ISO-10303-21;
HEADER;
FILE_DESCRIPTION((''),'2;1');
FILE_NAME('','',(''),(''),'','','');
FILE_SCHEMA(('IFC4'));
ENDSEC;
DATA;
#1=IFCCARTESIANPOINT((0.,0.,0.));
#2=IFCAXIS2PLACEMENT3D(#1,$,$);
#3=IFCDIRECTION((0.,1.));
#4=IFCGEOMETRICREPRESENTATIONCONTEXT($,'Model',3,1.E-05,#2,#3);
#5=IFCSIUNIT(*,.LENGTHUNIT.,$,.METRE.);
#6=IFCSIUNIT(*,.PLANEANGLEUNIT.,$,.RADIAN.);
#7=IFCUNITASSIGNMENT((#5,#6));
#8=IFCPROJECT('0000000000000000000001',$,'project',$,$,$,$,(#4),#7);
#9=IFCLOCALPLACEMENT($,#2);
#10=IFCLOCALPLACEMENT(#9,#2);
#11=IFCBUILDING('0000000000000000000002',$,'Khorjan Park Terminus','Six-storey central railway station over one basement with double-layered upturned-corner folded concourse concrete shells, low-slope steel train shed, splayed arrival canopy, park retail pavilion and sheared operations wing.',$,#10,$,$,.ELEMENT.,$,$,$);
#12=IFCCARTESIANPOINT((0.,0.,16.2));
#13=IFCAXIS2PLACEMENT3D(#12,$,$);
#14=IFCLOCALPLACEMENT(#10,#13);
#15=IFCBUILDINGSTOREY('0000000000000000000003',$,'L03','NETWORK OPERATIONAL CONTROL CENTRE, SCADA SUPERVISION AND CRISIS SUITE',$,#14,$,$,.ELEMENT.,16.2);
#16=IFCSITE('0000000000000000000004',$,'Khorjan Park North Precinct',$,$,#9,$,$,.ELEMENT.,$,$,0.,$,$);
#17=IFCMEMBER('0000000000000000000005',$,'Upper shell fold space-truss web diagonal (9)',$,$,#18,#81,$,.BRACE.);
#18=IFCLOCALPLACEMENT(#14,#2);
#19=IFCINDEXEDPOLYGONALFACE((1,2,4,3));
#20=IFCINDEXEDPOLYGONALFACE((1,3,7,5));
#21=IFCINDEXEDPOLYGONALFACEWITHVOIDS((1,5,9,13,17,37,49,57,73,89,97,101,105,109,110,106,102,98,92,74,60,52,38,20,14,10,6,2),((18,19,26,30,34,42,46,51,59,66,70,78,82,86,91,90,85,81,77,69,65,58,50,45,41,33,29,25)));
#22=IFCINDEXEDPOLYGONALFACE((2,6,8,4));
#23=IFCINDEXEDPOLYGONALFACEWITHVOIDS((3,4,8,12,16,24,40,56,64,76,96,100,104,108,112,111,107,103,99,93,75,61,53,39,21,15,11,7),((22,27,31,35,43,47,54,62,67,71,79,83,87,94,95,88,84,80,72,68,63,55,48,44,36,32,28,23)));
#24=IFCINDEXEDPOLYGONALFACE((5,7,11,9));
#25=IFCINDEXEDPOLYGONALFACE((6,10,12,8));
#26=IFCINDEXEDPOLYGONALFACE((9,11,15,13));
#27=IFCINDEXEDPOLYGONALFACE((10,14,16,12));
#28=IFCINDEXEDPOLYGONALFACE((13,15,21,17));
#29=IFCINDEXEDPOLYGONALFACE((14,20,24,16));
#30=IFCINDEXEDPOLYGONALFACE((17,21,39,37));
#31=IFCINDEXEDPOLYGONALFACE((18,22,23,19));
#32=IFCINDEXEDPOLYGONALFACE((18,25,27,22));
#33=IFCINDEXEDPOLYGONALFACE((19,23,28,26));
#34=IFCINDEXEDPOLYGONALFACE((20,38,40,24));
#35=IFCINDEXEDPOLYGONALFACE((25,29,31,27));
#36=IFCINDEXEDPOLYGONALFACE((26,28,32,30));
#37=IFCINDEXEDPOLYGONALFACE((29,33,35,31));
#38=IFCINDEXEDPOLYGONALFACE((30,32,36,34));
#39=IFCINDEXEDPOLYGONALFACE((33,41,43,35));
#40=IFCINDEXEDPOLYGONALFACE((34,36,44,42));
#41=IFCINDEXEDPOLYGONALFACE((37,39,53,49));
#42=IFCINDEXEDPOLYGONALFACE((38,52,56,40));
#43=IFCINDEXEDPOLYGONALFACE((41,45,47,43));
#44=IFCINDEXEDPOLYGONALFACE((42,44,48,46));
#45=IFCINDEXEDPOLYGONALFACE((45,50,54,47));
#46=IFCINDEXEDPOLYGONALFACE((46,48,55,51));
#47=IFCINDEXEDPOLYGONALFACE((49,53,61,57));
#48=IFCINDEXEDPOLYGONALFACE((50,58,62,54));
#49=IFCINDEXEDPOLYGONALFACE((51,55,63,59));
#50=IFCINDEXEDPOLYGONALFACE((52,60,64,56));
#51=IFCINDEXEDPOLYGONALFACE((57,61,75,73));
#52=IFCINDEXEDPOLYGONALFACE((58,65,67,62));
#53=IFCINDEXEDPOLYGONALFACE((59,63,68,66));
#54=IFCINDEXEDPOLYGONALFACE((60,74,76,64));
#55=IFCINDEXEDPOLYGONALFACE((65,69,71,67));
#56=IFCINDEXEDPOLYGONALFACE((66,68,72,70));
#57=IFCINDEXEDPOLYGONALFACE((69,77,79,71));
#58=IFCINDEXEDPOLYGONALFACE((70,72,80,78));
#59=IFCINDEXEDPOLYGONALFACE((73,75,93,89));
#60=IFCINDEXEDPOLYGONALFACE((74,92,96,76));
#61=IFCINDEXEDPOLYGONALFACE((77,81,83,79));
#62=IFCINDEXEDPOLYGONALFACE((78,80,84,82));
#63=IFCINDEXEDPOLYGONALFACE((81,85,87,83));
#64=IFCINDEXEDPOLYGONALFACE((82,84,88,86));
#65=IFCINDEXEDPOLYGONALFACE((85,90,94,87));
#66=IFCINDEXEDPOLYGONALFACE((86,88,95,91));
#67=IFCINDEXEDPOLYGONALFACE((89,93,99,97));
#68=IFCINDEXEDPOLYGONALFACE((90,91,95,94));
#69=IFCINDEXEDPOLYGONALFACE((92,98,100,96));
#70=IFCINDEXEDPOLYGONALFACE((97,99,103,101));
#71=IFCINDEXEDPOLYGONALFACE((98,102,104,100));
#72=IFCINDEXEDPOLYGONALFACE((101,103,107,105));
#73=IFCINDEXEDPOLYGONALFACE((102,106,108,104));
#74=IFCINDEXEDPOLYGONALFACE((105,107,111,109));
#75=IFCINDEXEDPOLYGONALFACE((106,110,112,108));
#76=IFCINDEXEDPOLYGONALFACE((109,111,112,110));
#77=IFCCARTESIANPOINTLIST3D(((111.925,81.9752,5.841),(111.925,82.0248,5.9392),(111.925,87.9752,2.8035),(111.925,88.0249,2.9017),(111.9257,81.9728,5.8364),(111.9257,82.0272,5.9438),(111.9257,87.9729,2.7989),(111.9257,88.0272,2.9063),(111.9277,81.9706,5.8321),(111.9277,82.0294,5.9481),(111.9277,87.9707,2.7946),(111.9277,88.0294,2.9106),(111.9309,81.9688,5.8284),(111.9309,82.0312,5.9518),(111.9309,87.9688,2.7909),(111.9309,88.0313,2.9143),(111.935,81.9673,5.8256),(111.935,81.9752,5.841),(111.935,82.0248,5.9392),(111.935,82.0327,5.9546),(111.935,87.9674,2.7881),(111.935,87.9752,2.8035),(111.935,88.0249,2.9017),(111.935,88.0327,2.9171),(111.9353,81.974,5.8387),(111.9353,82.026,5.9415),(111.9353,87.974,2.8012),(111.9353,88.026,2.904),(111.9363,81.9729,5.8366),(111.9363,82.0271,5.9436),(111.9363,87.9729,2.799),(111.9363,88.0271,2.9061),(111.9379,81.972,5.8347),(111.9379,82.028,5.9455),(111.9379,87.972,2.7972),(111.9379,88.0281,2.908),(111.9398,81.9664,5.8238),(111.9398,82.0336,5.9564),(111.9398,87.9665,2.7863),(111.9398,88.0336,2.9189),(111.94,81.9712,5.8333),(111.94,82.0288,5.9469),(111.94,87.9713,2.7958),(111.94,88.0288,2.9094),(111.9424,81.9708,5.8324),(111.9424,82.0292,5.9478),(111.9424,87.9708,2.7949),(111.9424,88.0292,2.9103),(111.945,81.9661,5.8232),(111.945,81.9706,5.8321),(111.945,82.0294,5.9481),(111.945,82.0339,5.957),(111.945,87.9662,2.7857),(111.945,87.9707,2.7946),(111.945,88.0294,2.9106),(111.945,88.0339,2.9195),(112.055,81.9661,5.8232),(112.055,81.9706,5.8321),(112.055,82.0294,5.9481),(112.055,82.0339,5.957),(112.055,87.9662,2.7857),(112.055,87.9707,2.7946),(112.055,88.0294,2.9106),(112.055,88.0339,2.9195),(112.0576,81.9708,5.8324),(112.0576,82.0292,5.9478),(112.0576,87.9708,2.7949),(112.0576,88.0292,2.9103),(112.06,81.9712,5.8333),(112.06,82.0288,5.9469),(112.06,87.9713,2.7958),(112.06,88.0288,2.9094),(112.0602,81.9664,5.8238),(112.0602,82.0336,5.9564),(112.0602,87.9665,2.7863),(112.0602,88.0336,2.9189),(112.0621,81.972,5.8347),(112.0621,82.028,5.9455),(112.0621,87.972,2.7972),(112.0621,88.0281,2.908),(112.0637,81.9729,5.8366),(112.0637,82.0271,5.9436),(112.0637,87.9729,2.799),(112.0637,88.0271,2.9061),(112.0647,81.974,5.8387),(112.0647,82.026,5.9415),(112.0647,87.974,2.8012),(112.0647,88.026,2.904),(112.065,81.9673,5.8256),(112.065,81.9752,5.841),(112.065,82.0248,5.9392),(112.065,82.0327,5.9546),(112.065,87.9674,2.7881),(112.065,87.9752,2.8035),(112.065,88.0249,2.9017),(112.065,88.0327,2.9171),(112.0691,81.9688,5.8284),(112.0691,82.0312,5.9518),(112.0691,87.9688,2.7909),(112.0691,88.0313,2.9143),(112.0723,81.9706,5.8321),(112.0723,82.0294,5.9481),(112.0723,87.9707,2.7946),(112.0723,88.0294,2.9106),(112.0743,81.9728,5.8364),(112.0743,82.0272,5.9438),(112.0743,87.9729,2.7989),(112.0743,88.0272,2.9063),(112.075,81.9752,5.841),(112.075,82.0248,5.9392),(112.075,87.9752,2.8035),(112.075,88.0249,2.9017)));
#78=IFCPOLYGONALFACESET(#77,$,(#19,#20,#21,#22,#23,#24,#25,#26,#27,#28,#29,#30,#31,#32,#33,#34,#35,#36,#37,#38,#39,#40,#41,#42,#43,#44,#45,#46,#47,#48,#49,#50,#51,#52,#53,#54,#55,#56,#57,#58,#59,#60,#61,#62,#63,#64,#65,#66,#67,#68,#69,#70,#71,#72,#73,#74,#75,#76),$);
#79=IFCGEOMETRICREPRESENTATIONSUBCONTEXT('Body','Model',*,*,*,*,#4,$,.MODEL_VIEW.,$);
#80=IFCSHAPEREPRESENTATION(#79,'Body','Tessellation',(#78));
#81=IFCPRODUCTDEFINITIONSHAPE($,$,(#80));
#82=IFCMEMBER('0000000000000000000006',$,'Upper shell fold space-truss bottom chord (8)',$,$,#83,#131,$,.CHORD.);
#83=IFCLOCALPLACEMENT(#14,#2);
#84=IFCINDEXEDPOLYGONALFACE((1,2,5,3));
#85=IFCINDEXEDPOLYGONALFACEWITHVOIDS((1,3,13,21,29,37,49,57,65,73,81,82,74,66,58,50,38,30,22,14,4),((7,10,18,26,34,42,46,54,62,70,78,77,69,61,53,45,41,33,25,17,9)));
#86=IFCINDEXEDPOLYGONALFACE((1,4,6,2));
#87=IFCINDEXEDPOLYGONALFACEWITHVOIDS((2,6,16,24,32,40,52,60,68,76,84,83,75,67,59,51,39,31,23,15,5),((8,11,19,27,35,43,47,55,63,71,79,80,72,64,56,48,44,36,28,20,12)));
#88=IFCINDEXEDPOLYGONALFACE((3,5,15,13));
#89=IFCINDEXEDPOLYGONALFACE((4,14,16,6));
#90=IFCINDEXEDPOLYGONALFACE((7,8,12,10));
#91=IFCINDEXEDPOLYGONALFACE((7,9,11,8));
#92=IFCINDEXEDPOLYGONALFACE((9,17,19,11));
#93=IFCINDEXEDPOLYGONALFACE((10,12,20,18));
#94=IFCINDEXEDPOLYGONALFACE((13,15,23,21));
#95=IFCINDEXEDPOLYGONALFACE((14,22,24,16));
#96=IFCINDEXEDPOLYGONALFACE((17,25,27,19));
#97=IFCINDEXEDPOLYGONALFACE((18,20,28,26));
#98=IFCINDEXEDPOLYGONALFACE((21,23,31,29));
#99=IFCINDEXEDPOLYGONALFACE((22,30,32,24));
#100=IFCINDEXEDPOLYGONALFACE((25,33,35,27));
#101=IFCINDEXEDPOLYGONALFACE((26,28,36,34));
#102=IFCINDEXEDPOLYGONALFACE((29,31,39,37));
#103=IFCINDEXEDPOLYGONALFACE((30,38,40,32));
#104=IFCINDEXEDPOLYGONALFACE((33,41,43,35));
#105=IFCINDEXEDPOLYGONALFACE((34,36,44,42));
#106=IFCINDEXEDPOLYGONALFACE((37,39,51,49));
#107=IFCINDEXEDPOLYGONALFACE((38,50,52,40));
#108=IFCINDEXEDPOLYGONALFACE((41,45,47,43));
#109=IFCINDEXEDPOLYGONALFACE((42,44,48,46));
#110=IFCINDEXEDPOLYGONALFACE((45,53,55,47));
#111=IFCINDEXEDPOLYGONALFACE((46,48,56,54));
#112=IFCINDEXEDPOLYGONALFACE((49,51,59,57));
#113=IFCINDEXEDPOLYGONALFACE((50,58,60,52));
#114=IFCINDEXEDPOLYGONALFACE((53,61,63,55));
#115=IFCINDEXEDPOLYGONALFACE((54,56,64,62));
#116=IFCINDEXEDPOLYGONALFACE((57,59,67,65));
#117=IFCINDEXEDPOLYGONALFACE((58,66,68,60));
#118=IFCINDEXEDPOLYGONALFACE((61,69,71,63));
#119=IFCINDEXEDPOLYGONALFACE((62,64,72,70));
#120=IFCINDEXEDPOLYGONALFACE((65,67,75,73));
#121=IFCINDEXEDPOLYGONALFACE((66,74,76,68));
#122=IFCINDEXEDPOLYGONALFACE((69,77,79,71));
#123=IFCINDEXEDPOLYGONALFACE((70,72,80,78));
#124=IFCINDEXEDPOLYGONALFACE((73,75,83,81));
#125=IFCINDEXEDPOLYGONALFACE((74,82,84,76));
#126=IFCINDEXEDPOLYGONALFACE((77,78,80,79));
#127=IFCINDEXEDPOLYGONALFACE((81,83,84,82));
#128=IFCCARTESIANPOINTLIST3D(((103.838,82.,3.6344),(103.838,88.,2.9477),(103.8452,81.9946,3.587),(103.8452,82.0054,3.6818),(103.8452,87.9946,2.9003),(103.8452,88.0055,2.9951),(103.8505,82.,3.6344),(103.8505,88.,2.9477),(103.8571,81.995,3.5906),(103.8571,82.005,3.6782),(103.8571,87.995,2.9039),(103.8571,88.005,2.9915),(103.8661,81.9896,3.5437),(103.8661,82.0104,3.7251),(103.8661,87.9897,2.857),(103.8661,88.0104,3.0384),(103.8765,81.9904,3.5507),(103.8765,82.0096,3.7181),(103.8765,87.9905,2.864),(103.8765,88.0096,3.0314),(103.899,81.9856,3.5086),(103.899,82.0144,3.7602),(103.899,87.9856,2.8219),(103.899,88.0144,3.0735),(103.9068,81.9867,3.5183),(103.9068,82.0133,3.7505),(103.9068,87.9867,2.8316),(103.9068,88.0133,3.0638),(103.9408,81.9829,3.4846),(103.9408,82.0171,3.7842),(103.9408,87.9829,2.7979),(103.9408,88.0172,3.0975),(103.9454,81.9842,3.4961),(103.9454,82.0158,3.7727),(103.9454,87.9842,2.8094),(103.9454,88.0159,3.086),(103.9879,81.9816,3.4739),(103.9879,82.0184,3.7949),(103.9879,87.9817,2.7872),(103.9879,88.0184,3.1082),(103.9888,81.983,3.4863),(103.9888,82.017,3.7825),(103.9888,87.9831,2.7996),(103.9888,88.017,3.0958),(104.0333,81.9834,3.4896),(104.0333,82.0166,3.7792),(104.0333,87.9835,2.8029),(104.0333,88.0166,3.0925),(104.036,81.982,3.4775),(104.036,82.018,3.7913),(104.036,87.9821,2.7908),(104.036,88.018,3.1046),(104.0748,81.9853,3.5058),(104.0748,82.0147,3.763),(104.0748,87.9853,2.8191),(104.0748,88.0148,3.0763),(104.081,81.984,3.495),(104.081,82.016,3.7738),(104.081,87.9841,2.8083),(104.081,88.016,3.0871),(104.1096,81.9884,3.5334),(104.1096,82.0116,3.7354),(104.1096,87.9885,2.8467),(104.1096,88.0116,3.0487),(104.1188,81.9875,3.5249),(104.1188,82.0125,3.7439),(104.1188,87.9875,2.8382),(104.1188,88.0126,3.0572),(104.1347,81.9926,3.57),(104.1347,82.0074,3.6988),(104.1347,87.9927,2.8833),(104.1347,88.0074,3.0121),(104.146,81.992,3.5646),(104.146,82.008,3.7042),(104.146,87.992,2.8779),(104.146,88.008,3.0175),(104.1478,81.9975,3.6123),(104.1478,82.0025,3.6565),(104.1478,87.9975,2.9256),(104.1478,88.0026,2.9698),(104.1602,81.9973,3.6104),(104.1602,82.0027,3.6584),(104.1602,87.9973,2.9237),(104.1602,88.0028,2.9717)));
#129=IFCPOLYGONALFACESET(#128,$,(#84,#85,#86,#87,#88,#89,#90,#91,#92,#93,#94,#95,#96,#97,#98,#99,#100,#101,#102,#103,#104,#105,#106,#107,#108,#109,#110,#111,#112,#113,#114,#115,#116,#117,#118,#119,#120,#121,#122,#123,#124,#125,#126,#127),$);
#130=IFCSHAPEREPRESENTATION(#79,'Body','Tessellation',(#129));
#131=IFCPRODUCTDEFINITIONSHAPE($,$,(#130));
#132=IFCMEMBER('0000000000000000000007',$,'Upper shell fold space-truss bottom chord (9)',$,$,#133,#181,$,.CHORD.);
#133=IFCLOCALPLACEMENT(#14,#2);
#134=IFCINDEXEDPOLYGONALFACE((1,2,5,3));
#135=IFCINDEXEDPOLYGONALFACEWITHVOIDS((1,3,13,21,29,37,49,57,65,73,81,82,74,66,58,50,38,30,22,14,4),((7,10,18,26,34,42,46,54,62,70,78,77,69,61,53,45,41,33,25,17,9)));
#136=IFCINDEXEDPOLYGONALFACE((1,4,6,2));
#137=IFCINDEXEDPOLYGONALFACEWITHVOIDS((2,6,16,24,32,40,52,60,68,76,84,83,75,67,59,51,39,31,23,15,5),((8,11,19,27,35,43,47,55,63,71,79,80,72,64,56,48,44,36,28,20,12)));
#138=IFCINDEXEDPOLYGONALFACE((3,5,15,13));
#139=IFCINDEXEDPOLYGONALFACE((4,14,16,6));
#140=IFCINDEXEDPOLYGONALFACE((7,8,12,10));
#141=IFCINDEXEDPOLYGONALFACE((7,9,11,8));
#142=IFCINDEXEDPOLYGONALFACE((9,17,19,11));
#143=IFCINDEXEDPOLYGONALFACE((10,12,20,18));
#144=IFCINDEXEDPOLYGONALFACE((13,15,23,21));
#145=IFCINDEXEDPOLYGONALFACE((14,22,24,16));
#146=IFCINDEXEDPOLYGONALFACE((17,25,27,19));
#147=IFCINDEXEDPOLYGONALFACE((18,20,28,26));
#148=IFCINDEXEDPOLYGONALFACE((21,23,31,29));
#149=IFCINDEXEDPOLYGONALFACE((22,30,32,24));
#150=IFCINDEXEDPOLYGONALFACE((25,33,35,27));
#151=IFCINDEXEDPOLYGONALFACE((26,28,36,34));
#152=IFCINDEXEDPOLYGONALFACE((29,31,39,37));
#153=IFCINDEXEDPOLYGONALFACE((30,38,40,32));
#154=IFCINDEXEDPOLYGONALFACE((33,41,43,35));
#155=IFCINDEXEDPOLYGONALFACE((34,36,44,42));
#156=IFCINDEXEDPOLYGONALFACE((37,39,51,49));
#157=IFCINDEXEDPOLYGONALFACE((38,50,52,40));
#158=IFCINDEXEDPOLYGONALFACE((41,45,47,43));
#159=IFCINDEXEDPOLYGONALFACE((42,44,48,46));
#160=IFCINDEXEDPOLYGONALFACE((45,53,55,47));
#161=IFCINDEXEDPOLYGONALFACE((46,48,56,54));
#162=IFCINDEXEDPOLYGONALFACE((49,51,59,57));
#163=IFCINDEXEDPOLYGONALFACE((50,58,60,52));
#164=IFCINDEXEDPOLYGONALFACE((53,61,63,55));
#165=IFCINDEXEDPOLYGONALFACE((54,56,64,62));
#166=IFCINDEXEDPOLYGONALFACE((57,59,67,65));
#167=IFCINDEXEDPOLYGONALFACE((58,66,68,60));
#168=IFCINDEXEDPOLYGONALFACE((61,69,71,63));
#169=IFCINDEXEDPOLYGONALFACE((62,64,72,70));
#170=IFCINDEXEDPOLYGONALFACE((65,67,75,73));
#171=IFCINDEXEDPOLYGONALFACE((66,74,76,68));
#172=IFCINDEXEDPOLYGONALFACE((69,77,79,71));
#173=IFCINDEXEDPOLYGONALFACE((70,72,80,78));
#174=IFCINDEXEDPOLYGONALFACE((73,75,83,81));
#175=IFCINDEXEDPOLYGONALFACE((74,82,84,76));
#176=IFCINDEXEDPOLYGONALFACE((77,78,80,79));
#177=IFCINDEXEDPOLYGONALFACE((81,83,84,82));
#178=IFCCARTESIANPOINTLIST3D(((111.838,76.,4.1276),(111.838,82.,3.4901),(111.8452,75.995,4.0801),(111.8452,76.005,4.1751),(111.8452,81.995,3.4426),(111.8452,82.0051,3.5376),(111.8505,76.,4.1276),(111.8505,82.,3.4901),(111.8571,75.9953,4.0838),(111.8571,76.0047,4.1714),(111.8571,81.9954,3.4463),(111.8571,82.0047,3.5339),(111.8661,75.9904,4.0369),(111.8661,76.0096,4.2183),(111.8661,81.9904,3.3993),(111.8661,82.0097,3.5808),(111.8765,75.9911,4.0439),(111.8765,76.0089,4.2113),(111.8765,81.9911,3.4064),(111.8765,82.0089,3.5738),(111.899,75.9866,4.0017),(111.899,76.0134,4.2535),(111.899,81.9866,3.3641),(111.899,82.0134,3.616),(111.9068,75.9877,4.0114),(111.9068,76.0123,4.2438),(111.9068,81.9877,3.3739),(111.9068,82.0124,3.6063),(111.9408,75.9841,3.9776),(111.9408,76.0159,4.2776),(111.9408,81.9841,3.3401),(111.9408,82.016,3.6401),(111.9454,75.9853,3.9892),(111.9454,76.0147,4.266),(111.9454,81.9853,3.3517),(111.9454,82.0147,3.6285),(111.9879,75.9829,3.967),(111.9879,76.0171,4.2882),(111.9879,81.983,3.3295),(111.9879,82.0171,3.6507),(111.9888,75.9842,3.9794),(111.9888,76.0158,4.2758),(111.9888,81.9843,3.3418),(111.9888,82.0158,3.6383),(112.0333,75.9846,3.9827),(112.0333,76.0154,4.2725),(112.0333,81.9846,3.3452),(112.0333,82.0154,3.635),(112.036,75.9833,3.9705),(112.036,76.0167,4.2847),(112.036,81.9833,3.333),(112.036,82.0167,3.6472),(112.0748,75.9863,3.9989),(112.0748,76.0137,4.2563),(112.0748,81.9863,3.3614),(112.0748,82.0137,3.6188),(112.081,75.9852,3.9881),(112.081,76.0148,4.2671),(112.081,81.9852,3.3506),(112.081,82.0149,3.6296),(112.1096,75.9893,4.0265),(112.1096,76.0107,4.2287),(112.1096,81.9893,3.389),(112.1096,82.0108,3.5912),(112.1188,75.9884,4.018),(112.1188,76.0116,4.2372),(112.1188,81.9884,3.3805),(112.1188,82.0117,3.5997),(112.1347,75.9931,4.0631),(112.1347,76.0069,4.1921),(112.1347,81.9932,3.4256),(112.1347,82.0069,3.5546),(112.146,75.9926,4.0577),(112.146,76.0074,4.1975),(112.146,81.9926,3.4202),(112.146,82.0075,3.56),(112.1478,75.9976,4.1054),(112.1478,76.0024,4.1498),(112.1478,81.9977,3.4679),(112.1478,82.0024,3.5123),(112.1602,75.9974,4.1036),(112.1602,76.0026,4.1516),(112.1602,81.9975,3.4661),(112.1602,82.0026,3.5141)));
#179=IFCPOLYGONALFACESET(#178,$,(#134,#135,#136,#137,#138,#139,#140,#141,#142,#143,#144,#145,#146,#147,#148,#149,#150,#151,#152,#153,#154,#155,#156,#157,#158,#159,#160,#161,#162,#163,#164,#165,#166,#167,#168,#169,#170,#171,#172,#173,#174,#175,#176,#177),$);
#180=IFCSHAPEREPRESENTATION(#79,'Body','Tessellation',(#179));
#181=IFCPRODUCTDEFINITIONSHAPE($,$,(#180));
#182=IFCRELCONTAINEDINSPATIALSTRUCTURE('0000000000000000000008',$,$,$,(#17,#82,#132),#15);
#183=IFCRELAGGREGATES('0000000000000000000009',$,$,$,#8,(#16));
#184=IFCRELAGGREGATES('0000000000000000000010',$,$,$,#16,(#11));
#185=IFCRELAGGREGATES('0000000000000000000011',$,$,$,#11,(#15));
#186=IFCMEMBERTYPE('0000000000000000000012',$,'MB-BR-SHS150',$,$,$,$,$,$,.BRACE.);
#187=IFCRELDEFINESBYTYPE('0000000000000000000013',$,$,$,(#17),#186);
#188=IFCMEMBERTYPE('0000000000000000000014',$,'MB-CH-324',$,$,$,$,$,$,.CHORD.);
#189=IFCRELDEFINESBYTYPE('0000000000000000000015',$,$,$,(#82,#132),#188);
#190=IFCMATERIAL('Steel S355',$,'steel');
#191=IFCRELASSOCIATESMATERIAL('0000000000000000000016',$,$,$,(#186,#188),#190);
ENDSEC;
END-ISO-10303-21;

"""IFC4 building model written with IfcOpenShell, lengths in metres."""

from ifc_helpers import new_model, si_unit, direction, frame, origin, origin_2d, place, context, subcontext, project, spatial, hollow_rectangle, hollow_circle, extrude, material, material_profile, profile_set, type_object, element, save


model = new_model("IFC4")

# Units and contexts
model_context = context("Model", 3, precision=1e-05, world=origin(), true_north=direction((0.0, 1.0)))
body_context = subcontext(model_context, "Body", "Model", "MODEL_VIEW")
ifc_project = project(units=[si_unit("LENGTHUNIT", "METRE"), si_unit("PLANEANGLEUNIT", "RADIAN")], contexts=[model_context])

# Site, building, storey
site_placement = place(None, origin())
site = spatial("IfcSite", under=ifc_project, at=site_placement, Name="Khorjan Park North Precinct", CompositionType="ELEMENT", RefElevation=0.0)
building_placement = place(site_placement, origin())
building = spatial("IfcBuilding", under=site, at=building_placement, Name="Khorjan Park Terminus", Description="Six-storey central railway station over one basement with double-layered upturned-corner folded concourse concrete shells, low-slope steel train shed, splayed arrival canopy, park retail pavilion and sheared operations wing.", CompositionType="ELEMENT")
storey_placement = place(building_placement, frame((0.0, 0.0, 16.2)))
storey = spatial("IfcBuildingStorey", under=building, at=storey_placement, Name="L03", Description="NETWORK OPERATIONAL CONTROL CENTRE, SCADA SUPERVISION AND CRISIS SUITE", CompositionType="ELEMENT", Elevation=16.2)

# Members
ifc_material = material(Name="Steel S355", Category="steel")
ifc_material_profile_1 = material_profile(ifc_material, hollow_rectangle(XDim=0.15, YDim=0.15, WallThickness=0.01, InnerFilletRadius=0.01, OuterFilletRadius=0.02, at=origin_2d()), Name="SHS 150x150x10")
ifc_profile_set_1 = profile_set([ifc_material_profile_1], Name="Steel S355")
member_type_1 = type_object("IfcMemberType", Name="MB-BR-SHS150", PredefinedType="BRACE", material=ifc_profile_set_1)
member_1_placement = place(storey_placement, frame((112.0, 82.0, 5.8901), z_axis=(0.0, 0.892186, -0.451669), x_axis=(-1.0, 0.0, 0.0)))
element("IfcMember", 1, at=member_1_placement, inside=storey, type_object=member_type_1, Name="Upper shell fold space-truss web diagonal (9)", PredefinedType="BRACE", context=body_context, shape_type="SweptSolid", body=[
    extrude(hollow_rectangle(XDim=0.15, YDim=0.15, WallThickness=0.01, InnerFilletRadius=0.01, OuterFilletRadius=0.02, at=origin_2d()), origin(), (0.0, 0.0, 1.0), 6.7251),
])
ifc_material_profile_2 = material_profile(ifc_material, hollow_circle(Radius=0.162, WallThickness=0.0125, at=origin_2d()), Name="CHS 323.9x12.5")
ifc_profile_set_2 = profile_set([ifc_material_profile_2], Name="Steel S355")
member_type_2 = type_object("IfcMemberType", Name="MB-CH-324", PredefinedType="CHORD", material=ifc_profile_set_2)
member_2_placement = place(storey_placement, frame((104.0, 82.0, 3.6344), z_axis=(0.0, 0.993514, -0.113708), x_axis=(-1.0, 0.0, 0.0)))
element("IfcMember", 2, at=member_2_placement, inside=storey, type_object=member_type_2, Name="Upper shell fold space-truss bottom chord (8)", PredefinedType="CHORD", context=body_context, shape_type="SweptSolid", body=[
    extrude(hollow_circle(Radius=0.162, WallThickness=0.0125, at=origin_2d()), origin(), (0.0, 0.0, 1.0), 6.0392),
])
for number, where, z_axis, x_axis, name in (
    (3, (112.0, 76.0, 4.1276), (0.0, 0.994403, -0.105655), (-1.0, 0.0, 0.0), "Upper shell fold space-truss bottom chord (9)"),
):
    element("IfcMember", number, at=place(storey_placement, frame(where, z_axis=z_axis, x_axis=x_axis)), inside=storey, type_object=member_type_2, Name=name, PredefinedType="CHORD", context=body_context, shape_type="SweptSolid", body=[
        extrude(hollow_circle(Radius=0.162, WallThickness=0.0125, at=origin_2d()), origin(), (0.0, 0.0, 1.0), 6.0338),
    ])

save(model, "model.ifc")
